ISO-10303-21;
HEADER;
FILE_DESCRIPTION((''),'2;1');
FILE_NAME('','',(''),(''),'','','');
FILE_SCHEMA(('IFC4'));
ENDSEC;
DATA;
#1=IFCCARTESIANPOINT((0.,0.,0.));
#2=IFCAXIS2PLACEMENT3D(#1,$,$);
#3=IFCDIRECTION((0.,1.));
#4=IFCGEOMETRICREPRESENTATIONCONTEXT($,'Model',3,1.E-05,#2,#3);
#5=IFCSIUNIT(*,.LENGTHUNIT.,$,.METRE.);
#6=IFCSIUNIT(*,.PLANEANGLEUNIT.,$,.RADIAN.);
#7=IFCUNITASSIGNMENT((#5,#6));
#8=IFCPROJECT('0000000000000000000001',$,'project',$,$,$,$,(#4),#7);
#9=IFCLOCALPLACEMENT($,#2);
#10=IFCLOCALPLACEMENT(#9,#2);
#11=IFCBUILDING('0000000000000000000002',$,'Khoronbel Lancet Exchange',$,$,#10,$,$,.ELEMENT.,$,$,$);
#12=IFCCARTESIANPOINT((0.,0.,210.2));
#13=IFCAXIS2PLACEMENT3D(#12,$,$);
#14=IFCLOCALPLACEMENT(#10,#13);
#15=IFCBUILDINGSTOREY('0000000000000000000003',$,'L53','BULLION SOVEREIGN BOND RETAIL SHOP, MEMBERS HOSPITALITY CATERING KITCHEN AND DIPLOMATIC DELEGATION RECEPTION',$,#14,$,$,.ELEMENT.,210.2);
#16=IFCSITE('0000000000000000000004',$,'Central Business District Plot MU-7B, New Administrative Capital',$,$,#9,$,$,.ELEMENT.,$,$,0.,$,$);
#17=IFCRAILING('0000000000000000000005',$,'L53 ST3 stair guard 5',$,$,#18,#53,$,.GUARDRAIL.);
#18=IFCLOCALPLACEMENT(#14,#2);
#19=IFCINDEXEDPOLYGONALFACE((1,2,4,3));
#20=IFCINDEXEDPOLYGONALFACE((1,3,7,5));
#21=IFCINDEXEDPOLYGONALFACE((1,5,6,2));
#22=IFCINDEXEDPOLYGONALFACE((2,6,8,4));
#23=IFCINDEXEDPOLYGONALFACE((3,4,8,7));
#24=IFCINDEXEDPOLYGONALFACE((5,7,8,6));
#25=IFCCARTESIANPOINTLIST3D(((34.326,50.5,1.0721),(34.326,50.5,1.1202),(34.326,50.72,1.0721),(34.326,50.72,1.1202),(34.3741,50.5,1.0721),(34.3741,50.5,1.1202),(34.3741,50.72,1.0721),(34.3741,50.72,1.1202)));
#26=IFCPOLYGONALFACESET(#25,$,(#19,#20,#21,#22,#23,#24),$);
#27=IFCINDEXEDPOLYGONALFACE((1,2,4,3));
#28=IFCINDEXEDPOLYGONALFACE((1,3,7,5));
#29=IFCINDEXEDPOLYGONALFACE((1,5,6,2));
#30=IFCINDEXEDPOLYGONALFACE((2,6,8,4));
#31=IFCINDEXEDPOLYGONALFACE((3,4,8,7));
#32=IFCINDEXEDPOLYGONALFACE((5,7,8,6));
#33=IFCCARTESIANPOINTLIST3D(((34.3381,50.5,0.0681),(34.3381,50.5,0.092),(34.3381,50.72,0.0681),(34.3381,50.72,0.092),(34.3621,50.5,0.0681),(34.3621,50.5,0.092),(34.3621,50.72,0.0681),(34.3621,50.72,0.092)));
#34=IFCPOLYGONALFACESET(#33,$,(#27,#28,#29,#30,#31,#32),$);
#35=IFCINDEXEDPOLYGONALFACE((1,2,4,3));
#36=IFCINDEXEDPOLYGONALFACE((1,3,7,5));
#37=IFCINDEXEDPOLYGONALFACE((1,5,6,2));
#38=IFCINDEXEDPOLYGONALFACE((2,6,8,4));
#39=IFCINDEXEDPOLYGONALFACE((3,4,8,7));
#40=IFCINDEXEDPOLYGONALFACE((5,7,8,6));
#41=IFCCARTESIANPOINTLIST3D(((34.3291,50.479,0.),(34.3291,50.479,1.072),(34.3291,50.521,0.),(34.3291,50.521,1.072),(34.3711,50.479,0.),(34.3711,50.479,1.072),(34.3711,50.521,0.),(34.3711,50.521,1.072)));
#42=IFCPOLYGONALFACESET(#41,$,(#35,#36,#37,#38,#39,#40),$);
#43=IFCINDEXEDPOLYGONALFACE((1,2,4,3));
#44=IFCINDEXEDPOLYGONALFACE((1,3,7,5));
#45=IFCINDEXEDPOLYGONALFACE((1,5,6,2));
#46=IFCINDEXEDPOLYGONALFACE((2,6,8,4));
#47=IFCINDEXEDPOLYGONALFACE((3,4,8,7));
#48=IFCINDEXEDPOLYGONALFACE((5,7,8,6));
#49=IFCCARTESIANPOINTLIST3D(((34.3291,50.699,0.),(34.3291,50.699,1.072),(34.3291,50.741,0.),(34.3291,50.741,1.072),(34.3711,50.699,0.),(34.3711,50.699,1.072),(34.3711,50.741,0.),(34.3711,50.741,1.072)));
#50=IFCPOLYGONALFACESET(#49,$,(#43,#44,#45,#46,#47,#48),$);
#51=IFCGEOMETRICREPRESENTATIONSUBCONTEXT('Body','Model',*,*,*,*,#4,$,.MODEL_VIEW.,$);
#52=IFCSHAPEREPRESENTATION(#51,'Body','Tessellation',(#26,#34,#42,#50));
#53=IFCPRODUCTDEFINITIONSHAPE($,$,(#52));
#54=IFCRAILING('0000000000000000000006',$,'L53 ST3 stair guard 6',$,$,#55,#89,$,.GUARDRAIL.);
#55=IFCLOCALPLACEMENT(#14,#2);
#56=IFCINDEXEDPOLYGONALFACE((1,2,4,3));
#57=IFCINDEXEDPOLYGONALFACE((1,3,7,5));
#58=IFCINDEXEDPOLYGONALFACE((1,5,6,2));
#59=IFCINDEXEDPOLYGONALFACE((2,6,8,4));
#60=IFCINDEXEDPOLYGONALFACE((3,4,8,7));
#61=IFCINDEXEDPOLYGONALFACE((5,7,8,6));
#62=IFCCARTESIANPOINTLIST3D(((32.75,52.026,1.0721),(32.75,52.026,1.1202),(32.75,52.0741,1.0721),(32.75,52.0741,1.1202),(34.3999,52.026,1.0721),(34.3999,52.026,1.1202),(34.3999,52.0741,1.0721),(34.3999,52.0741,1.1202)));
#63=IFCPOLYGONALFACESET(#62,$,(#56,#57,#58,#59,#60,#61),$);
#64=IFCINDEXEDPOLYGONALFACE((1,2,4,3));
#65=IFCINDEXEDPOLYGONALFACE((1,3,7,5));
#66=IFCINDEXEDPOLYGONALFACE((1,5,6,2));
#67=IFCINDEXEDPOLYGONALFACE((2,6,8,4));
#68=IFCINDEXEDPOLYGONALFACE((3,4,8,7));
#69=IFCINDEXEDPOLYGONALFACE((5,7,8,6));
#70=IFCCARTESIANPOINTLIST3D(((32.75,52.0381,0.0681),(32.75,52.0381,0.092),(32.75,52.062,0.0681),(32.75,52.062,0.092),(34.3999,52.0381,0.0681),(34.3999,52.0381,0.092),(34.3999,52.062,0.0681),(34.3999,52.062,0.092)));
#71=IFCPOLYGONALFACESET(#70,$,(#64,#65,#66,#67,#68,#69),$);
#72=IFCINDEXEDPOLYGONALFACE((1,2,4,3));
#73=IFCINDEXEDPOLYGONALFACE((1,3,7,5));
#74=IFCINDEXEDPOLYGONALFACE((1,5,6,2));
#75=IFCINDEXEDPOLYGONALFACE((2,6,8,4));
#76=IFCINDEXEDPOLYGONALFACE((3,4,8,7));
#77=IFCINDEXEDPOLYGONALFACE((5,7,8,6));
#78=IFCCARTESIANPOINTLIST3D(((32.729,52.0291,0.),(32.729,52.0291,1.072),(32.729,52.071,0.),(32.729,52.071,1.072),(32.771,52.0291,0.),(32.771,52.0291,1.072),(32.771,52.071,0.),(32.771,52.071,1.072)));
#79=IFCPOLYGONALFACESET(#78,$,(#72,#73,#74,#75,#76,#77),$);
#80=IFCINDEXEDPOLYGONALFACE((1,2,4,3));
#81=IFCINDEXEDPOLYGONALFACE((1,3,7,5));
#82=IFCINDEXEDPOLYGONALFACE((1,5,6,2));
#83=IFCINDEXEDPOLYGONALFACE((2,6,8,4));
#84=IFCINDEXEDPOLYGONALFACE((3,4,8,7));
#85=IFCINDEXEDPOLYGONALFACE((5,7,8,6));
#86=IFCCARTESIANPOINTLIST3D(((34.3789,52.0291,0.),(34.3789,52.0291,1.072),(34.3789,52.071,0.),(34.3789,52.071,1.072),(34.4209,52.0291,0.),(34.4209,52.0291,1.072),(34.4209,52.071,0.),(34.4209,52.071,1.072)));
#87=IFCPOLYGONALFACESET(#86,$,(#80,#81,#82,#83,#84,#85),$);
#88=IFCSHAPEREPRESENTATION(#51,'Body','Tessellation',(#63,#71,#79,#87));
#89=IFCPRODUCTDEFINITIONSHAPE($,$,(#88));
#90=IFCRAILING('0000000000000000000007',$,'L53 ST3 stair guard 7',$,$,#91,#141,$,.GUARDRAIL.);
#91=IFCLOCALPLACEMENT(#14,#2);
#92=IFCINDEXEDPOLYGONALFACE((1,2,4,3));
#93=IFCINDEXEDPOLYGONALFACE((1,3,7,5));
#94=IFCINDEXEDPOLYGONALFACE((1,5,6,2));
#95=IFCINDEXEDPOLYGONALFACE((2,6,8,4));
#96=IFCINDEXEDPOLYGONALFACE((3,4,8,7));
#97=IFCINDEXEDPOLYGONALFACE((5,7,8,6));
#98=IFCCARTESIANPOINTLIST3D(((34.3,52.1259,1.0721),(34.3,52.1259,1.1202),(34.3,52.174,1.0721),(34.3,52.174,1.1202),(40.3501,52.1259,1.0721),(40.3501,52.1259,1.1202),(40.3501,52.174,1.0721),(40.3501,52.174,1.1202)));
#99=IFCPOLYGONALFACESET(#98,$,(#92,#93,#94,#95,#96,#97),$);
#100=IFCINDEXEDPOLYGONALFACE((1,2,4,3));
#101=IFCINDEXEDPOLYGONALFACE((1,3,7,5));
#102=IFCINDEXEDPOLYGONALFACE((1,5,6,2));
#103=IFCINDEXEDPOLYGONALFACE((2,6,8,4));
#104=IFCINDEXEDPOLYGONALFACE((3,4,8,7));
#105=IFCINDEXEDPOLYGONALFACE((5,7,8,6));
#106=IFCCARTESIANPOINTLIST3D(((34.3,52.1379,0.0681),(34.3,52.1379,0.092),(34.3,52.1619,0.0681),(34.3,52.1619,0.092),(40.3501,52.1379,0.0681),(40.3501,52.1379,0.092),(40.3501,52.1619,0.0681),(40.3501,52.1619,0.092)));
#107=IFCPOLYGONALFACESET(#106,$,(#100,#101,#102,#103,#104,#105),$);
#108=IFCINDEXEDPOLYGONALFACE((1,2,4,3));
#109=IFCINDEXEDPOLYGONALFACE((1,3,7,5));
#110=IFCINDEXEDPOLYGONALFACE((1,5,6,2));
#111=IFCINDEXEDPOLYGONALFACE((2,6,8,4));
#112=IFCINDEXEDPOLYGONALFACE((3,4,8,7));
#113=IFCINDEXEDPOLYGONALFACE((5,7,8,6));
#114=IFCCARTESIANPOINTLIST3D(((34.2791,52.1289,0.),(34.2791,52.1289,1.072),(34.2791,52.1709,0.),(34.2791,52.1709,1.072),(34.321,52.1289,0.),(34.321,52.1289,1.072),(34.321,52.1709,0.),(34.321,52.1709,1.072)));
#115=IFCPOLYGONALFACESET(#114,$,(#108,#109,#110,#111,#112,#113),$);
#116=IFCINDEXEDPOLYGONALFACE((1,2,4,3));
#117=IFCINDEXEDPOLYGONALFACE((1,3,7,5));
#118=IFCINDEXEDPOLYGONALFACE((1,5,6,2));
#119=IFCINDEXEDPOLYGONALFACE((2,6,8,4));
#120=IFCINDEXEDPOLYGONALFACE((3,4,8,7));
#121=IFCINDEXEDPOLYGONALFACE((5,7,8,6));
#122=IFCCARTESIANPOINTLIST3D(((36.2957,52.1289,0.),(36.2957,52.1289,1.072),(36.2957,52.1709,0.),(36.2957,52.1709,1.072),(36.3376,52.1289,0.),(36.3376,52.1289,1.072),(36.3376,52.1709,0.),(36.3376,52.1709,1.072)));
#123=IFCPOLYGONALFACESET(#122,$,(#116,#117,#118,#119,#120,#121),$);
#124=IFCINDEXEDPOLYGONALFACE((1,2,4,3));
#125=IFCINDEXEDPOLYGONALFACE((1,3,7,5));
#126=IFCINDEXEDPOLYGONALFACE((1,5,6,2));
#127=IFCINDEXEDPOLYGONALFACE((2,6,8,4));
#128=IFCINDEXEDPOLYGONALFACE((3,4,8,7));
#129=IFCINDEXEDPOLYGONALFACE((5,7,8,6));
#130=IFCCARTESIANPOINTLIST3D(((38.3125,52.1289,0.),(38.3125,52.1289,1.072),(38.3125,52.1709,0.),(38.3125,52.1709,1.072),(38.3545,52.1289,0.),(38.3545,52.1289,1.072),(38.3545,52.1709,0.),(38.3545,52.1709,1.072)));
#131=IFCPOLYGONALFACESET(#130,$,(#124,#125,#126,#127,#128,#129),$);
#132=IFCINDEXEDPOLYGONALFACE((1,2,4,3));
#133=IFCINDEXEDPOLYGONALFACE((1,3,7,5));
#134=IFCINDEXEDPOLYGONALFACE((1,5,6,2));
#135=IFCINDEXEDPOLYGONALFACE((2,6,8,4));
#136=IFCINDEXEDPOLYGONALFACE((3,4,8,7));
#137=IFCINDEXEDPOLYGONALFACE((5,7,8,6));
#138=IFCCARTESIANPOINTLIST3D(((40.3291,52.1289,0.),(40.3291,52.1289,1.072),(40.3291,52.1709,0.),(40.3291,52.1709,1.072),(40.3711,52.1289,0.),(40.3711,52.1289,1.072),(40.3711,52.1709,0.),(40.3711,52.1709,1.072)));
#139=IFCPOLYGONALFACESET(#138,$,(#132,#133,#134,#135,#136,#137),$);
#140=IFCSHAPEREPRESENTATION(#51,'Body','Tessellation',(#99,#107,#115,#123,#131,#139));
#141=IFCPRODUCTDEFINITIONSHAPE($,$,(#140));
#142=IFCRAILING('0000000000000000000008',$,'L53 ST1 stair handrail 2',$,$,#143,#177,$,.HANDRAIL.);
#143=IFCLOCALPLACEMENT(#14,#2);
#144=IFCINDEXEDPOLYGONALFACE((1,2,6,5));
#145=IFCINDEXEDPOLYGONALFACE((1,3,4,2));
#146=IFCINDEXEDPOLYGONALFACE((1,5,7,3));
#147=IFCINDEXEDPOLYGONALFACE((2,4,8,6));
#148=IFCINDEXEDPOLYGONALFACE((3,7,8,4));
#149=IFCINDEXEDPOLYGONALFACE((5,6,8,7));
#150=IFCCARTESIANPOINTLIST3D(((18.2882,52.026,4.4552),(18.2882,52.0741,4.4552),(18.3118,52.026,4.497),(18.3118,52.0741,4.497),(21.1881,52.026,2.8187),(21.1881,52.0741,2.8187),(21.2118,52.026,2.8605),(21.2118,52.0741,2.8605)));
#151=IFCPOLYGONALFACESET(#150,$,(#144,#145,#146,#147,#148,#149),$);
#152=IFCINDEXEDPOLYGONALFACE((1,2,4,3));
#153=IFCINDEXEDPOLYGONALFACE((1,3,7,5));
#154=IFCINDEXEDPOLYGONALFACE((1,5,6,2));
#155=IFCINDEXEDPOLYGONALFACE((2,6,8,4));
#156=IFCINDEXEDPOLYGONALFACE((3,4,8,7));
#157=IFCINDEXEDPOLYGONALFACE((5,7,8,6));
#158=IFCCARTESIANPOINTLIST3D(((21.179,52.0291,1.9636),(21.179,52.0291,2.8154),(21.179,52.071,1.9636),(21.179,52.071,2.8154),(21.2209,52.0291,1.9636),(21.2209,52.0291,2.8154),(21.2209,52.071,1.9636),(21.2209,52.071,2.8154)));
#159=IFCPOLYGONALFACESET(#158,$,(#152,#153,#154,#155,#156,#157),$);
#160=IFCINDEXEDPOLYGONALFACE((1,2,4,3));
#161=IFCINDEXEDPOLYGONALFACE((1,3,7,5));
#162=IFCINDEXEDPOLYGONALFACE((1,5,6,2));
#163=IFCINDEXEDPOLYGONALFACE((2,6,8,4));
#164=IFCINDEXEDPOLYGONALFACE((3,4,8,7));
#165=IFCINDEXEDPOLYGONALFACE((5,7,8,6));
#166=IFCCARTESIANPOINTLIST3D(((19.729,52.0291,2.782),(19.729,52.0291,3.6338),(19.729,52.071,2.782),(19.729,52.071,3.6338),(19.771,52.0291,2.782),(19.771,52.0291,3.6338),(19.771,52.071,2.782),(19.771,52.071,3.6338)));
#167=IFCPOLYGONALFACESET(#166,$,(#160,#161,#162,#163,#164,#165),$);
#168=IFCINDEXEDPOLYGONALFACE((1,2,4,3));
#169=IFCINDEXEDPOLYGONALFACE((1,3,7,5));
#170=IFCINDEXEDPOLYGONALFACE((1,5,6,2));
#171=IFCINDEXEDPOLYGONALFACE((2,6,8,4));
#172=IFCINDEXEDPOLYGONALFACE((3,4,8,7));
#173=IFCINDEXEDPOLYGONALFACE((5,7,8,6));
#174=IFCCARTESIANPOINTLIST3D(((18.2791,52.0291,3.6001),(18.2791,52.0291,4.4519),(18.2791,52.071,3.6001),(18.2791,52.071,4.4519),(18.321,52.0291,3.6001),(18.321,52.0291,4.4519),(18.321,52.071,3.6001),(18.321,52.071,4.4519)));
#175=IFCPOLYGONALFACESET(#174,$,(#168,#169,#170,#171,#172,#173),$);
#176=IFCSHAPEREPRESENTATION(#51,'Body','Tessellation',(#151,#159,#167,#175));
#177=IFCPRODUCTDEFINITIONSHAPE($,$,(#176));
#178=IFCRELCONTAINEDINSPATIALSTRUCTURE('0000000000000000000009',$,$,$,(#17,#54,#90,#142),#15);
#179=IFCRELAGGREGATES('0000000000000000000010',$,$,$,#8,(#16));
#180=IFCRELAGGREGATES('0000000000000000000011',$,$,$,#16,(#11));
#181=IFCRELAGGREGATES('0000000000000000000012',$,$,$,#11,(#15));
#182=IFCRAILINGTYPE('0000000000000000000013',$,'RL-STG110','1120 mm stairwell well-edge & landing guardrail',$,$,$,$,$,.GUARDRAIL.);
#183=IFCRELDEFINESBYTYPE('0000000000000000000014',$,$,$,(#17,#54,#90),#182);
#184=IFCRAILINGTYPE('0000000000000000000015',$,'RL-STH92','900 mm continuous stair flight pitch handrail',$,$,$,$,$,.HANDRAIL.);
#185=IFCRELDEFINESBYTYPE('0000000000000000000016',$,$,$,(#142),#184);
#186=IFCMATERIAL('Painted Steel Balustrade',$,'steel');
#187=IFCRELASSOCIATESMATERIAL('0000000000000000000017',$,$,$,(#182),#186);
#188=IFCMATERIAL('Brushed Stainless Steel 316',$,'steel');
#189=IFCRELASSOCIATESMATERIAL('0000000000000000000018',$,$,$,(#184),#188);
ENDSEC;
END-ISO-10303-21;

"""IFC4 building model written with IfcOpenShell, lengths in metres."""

from ifc_helpers import new_model, si_unit, direction, frame, origin, origin_2d, place, context, subcontext, project, spatial, rectangle, extrude, material, type_object, element, save


model = new_model("IFC4")

# Units and contexts
model_context = context("Model", 3, precision=1e-05, world=origin(), true_north=direction((0.0, 1.0)))
body_context = subcontext(model_context, "Body", "Model", "MODEL_VIEW")
ifc_project = project(units=[si_unit("LENGTHUNIT", "METRE"), si_unit("PLANEANGLEUNIT", "RADIAN")], contexts=[model_context])

# Site, building, storey
site_placement = place(None, origin())
site = spatial("IfcSite", under=ifc_project, at=site_placement, Name="Central Business District Plot MU-7B, New Administrative Capital", CompositionType="ELEMENT", RefElevation=0.0)
building_placement = place(site_placement, origin())
building = spatial("IfcBuilding", under=site, at=building_placement, Name="Khoronbel Lancet Exchange", CompositionType="ELEMENT")
storey_placement = place(building_placement, frame((0.0, 0.0, 210.2)))
storey = spatial("IfcBuildingStorey", under=building, at=storey_placement, Name="L53", Description="BULLION SOVEREIGN BOND RETAIL SHOP, MEMBERS HOSPITALITY CATERING KITCHEN AND DIPLOMATIC DELEGATION RECEPTION", CompositionType="ELEMENT", Elevation=210.2)

# Railings
ifc_material_1 = material(Name="Painted Steel Balustrade", Category="steel")
railing_type_1 = type_object("IfcRailingType", Name="RL-STG110", Description="1120 mm stairwell well-edge & landing guardrail", PredefinedType="GUARDRAIL", material=ifc_material_1)
railing_1_placement = place(storey_placement, frame((34.3501, 50.5, 0.0)))
element("IfcRailing", 1, at=railing_1_placement, inside=storey, type_object=railing_type_1, Name="L53 ST3 stair guard 5", PredefinedType="GUARDRAIL", context=body_context, shape_type="SweptSolid", body=[
    extrude(rectangle(XDim=0.0481, YDim=0.0481, at=origin_2d()), frame((0.0, 0.0, 1.0962), z_axis=(0.0, 1.0, 0.0), x_axis=(-1.0, 0.0, 0.0)), (0.0, 0.0, 1.0), 0.22),
    extrude(rectangle(XDim=0.0239, YDim=0.0239, at=origin_2d()), frame((0.0, 0.0, 0.0801), z_axis=(0.0, 1.0, 0.0), x_axis=(-1.0, 0.0, 0.0)), (0.0, 0.0, 1.0), 0.22),
    extrude(rectangle(XDim=0.042, YDim=0.042, at=origin_2d()), origin(), (0.0, 0.0, 1.0), 1.072),
    extrude(rectangle(XDim=0.042, YDim=0.042, at=origin_2d()), frame((0.0, 0.22, 0.0)), (0.0, 0.0, 1.0), 1.072),
])
railing_2_placement = place(storey_placement, frame((32.75, 52.05, 0.0)))
element("IfcRailing", 2, at=railing_2_placement, inside=storey, type_object=railing_type_1, Name="L53 ST3 stair guard 6", PredefinedType="GUARDRAIL", context=body_context, shape_type="SweptSolid", body=[
    extrude(rectangle(XDim=0.0481, YDim=0.0481, at=origin_2d()), frame((0.0, 0.0, 1.0962), z_axis=(1.0, 0.0, 0.0), x_axis=(0.0, 1.0, 0.0)), (0.0, 0.0, 1.0), 1.6499),
    extrude(rectangle(XDim=0.0239, YDim=0.0239, at=origin_2d()), frame((0.0, 0.0, 0.0801), z_axis=(1.0, 0.0, 0.0), x_axis=(0.0, 1.0, 0.0)), (0.0, 0.0, 1.0), 1.6499),
    extrude(rectangle(XDim=0.042, YDim=0.042, at=origin_2d()), origin(), (0.0, 0.0, 1.0), 1.072),
    extrude(rectangle(XDim=0.042, YDim=0.042, at=origin_2d()), frame((1.6499, 0.0, 0.0)), (0.0, 0.0, 1.0), 1.072),
])
railing_3_placement = place(storey_placement, frame((34.3, 52.1499, 0.0)))
element("IfcRailing", 3, at=railing_3_placement, inside=storey, type_object=railing_type_1, Name="L53 ST3 stair guard 7", PredefinedType="GUARDRAIL", context=body_context, shape_type="SweptSolid", body=[
    extrude(rectangle(XDim=0.0481, YDim=0.0481, at=origin_2d()), frame((0.0, 0.0, 1.0962), z_axis=(1.0, 0.0, 0.0), x_axis=(0.0, 1.0, 0.0)), (0.0, 0.0, 1.0), 6.05),
    extrude(rectangle(XDim=0.0239, YDim=0.0239, at=origin_2d()), frame((0.0, 0.0, 0.0801), z_axis=(1.0, 0.0, 0.0), x_axis=(0.0, 1.0, 0.0)), (0.0, 0.0, 1.0), 6.05),
    extrude(rectangle(XDim=0.042, YDim=0.042, at=origin_2d()), origin(), (0.0, 0.0, 1.0), 1.072),
    extrude(rectangle(XDim=0.042, YDim=0.042, at=origin_2d()), frame((2.0166, 0.0, 0.0)), (0.0, 0.0, 1.0), 1.072),
    extrude(rectangle(XDim=0.042, YDim=0.042, at=origin_2d()), frame((4.0334, 0.0, 0.0)), (0.0, 0.0, 1.0), 1.072),
    extrude(rectangle(XDim=0.042, YDim=0.042, at=origin_2d()), frame((6.05, 0.0, 0.0)), (0.0, 0.0, 1.0), 1.072),
])
ifc_material_2 = material(Name="Brushed Stainless Steel 316", Category="steel")
railing_type_2 = type_object("IfcRailingType", Name="RL-STH92", Description="900 mm continuous stair flight pitch handrail", PredefinedType="HANDRAIL", material=ifc_material_2)
railing_4_placement = place(storey_placement, frame((21.2, 52.05, 1.9636)))
element("IfcRailing", 4, at=railing_4_placement, inside=storey, type_object=railing_type_2, Name="L53 ST1 stair handrail 2", PredefinedType="HANDRAIL", context=body_context, shape_type="SweptSolid", body=[
    extrude(rectangle(XDim=0.0481, YDim=0.0481, at=origin_2d()), frame((0.0, 0.0, 0.876), z_axis=(-0.870897, 0.0, 0.491465), x_axis=(0.0, -1.0, 0.0)), (0.0, 0.0, 1.0), 3.3298),
    extrude(rectangle(XDim=0.042, YDim=0.042, at=origin_2d()), origin(), (0.0, 0.0, 1.0), 0.8518),
    extrude(rectangle(XDim=0.042, YDim=0.042, at=origin_2d()), frame((-1.45, 0.0, 0.8184)), (0.0, 0.0, 1.0), 0.8518),
    extrude(rectangle(XDim=0.042, YDim=0.042, at=origin_2d()), frame((-2.8999, 0.0, 1.6365)), (0.0, 0.0, 1.0), 0.8518),
])

save(model, "model.ifc")
